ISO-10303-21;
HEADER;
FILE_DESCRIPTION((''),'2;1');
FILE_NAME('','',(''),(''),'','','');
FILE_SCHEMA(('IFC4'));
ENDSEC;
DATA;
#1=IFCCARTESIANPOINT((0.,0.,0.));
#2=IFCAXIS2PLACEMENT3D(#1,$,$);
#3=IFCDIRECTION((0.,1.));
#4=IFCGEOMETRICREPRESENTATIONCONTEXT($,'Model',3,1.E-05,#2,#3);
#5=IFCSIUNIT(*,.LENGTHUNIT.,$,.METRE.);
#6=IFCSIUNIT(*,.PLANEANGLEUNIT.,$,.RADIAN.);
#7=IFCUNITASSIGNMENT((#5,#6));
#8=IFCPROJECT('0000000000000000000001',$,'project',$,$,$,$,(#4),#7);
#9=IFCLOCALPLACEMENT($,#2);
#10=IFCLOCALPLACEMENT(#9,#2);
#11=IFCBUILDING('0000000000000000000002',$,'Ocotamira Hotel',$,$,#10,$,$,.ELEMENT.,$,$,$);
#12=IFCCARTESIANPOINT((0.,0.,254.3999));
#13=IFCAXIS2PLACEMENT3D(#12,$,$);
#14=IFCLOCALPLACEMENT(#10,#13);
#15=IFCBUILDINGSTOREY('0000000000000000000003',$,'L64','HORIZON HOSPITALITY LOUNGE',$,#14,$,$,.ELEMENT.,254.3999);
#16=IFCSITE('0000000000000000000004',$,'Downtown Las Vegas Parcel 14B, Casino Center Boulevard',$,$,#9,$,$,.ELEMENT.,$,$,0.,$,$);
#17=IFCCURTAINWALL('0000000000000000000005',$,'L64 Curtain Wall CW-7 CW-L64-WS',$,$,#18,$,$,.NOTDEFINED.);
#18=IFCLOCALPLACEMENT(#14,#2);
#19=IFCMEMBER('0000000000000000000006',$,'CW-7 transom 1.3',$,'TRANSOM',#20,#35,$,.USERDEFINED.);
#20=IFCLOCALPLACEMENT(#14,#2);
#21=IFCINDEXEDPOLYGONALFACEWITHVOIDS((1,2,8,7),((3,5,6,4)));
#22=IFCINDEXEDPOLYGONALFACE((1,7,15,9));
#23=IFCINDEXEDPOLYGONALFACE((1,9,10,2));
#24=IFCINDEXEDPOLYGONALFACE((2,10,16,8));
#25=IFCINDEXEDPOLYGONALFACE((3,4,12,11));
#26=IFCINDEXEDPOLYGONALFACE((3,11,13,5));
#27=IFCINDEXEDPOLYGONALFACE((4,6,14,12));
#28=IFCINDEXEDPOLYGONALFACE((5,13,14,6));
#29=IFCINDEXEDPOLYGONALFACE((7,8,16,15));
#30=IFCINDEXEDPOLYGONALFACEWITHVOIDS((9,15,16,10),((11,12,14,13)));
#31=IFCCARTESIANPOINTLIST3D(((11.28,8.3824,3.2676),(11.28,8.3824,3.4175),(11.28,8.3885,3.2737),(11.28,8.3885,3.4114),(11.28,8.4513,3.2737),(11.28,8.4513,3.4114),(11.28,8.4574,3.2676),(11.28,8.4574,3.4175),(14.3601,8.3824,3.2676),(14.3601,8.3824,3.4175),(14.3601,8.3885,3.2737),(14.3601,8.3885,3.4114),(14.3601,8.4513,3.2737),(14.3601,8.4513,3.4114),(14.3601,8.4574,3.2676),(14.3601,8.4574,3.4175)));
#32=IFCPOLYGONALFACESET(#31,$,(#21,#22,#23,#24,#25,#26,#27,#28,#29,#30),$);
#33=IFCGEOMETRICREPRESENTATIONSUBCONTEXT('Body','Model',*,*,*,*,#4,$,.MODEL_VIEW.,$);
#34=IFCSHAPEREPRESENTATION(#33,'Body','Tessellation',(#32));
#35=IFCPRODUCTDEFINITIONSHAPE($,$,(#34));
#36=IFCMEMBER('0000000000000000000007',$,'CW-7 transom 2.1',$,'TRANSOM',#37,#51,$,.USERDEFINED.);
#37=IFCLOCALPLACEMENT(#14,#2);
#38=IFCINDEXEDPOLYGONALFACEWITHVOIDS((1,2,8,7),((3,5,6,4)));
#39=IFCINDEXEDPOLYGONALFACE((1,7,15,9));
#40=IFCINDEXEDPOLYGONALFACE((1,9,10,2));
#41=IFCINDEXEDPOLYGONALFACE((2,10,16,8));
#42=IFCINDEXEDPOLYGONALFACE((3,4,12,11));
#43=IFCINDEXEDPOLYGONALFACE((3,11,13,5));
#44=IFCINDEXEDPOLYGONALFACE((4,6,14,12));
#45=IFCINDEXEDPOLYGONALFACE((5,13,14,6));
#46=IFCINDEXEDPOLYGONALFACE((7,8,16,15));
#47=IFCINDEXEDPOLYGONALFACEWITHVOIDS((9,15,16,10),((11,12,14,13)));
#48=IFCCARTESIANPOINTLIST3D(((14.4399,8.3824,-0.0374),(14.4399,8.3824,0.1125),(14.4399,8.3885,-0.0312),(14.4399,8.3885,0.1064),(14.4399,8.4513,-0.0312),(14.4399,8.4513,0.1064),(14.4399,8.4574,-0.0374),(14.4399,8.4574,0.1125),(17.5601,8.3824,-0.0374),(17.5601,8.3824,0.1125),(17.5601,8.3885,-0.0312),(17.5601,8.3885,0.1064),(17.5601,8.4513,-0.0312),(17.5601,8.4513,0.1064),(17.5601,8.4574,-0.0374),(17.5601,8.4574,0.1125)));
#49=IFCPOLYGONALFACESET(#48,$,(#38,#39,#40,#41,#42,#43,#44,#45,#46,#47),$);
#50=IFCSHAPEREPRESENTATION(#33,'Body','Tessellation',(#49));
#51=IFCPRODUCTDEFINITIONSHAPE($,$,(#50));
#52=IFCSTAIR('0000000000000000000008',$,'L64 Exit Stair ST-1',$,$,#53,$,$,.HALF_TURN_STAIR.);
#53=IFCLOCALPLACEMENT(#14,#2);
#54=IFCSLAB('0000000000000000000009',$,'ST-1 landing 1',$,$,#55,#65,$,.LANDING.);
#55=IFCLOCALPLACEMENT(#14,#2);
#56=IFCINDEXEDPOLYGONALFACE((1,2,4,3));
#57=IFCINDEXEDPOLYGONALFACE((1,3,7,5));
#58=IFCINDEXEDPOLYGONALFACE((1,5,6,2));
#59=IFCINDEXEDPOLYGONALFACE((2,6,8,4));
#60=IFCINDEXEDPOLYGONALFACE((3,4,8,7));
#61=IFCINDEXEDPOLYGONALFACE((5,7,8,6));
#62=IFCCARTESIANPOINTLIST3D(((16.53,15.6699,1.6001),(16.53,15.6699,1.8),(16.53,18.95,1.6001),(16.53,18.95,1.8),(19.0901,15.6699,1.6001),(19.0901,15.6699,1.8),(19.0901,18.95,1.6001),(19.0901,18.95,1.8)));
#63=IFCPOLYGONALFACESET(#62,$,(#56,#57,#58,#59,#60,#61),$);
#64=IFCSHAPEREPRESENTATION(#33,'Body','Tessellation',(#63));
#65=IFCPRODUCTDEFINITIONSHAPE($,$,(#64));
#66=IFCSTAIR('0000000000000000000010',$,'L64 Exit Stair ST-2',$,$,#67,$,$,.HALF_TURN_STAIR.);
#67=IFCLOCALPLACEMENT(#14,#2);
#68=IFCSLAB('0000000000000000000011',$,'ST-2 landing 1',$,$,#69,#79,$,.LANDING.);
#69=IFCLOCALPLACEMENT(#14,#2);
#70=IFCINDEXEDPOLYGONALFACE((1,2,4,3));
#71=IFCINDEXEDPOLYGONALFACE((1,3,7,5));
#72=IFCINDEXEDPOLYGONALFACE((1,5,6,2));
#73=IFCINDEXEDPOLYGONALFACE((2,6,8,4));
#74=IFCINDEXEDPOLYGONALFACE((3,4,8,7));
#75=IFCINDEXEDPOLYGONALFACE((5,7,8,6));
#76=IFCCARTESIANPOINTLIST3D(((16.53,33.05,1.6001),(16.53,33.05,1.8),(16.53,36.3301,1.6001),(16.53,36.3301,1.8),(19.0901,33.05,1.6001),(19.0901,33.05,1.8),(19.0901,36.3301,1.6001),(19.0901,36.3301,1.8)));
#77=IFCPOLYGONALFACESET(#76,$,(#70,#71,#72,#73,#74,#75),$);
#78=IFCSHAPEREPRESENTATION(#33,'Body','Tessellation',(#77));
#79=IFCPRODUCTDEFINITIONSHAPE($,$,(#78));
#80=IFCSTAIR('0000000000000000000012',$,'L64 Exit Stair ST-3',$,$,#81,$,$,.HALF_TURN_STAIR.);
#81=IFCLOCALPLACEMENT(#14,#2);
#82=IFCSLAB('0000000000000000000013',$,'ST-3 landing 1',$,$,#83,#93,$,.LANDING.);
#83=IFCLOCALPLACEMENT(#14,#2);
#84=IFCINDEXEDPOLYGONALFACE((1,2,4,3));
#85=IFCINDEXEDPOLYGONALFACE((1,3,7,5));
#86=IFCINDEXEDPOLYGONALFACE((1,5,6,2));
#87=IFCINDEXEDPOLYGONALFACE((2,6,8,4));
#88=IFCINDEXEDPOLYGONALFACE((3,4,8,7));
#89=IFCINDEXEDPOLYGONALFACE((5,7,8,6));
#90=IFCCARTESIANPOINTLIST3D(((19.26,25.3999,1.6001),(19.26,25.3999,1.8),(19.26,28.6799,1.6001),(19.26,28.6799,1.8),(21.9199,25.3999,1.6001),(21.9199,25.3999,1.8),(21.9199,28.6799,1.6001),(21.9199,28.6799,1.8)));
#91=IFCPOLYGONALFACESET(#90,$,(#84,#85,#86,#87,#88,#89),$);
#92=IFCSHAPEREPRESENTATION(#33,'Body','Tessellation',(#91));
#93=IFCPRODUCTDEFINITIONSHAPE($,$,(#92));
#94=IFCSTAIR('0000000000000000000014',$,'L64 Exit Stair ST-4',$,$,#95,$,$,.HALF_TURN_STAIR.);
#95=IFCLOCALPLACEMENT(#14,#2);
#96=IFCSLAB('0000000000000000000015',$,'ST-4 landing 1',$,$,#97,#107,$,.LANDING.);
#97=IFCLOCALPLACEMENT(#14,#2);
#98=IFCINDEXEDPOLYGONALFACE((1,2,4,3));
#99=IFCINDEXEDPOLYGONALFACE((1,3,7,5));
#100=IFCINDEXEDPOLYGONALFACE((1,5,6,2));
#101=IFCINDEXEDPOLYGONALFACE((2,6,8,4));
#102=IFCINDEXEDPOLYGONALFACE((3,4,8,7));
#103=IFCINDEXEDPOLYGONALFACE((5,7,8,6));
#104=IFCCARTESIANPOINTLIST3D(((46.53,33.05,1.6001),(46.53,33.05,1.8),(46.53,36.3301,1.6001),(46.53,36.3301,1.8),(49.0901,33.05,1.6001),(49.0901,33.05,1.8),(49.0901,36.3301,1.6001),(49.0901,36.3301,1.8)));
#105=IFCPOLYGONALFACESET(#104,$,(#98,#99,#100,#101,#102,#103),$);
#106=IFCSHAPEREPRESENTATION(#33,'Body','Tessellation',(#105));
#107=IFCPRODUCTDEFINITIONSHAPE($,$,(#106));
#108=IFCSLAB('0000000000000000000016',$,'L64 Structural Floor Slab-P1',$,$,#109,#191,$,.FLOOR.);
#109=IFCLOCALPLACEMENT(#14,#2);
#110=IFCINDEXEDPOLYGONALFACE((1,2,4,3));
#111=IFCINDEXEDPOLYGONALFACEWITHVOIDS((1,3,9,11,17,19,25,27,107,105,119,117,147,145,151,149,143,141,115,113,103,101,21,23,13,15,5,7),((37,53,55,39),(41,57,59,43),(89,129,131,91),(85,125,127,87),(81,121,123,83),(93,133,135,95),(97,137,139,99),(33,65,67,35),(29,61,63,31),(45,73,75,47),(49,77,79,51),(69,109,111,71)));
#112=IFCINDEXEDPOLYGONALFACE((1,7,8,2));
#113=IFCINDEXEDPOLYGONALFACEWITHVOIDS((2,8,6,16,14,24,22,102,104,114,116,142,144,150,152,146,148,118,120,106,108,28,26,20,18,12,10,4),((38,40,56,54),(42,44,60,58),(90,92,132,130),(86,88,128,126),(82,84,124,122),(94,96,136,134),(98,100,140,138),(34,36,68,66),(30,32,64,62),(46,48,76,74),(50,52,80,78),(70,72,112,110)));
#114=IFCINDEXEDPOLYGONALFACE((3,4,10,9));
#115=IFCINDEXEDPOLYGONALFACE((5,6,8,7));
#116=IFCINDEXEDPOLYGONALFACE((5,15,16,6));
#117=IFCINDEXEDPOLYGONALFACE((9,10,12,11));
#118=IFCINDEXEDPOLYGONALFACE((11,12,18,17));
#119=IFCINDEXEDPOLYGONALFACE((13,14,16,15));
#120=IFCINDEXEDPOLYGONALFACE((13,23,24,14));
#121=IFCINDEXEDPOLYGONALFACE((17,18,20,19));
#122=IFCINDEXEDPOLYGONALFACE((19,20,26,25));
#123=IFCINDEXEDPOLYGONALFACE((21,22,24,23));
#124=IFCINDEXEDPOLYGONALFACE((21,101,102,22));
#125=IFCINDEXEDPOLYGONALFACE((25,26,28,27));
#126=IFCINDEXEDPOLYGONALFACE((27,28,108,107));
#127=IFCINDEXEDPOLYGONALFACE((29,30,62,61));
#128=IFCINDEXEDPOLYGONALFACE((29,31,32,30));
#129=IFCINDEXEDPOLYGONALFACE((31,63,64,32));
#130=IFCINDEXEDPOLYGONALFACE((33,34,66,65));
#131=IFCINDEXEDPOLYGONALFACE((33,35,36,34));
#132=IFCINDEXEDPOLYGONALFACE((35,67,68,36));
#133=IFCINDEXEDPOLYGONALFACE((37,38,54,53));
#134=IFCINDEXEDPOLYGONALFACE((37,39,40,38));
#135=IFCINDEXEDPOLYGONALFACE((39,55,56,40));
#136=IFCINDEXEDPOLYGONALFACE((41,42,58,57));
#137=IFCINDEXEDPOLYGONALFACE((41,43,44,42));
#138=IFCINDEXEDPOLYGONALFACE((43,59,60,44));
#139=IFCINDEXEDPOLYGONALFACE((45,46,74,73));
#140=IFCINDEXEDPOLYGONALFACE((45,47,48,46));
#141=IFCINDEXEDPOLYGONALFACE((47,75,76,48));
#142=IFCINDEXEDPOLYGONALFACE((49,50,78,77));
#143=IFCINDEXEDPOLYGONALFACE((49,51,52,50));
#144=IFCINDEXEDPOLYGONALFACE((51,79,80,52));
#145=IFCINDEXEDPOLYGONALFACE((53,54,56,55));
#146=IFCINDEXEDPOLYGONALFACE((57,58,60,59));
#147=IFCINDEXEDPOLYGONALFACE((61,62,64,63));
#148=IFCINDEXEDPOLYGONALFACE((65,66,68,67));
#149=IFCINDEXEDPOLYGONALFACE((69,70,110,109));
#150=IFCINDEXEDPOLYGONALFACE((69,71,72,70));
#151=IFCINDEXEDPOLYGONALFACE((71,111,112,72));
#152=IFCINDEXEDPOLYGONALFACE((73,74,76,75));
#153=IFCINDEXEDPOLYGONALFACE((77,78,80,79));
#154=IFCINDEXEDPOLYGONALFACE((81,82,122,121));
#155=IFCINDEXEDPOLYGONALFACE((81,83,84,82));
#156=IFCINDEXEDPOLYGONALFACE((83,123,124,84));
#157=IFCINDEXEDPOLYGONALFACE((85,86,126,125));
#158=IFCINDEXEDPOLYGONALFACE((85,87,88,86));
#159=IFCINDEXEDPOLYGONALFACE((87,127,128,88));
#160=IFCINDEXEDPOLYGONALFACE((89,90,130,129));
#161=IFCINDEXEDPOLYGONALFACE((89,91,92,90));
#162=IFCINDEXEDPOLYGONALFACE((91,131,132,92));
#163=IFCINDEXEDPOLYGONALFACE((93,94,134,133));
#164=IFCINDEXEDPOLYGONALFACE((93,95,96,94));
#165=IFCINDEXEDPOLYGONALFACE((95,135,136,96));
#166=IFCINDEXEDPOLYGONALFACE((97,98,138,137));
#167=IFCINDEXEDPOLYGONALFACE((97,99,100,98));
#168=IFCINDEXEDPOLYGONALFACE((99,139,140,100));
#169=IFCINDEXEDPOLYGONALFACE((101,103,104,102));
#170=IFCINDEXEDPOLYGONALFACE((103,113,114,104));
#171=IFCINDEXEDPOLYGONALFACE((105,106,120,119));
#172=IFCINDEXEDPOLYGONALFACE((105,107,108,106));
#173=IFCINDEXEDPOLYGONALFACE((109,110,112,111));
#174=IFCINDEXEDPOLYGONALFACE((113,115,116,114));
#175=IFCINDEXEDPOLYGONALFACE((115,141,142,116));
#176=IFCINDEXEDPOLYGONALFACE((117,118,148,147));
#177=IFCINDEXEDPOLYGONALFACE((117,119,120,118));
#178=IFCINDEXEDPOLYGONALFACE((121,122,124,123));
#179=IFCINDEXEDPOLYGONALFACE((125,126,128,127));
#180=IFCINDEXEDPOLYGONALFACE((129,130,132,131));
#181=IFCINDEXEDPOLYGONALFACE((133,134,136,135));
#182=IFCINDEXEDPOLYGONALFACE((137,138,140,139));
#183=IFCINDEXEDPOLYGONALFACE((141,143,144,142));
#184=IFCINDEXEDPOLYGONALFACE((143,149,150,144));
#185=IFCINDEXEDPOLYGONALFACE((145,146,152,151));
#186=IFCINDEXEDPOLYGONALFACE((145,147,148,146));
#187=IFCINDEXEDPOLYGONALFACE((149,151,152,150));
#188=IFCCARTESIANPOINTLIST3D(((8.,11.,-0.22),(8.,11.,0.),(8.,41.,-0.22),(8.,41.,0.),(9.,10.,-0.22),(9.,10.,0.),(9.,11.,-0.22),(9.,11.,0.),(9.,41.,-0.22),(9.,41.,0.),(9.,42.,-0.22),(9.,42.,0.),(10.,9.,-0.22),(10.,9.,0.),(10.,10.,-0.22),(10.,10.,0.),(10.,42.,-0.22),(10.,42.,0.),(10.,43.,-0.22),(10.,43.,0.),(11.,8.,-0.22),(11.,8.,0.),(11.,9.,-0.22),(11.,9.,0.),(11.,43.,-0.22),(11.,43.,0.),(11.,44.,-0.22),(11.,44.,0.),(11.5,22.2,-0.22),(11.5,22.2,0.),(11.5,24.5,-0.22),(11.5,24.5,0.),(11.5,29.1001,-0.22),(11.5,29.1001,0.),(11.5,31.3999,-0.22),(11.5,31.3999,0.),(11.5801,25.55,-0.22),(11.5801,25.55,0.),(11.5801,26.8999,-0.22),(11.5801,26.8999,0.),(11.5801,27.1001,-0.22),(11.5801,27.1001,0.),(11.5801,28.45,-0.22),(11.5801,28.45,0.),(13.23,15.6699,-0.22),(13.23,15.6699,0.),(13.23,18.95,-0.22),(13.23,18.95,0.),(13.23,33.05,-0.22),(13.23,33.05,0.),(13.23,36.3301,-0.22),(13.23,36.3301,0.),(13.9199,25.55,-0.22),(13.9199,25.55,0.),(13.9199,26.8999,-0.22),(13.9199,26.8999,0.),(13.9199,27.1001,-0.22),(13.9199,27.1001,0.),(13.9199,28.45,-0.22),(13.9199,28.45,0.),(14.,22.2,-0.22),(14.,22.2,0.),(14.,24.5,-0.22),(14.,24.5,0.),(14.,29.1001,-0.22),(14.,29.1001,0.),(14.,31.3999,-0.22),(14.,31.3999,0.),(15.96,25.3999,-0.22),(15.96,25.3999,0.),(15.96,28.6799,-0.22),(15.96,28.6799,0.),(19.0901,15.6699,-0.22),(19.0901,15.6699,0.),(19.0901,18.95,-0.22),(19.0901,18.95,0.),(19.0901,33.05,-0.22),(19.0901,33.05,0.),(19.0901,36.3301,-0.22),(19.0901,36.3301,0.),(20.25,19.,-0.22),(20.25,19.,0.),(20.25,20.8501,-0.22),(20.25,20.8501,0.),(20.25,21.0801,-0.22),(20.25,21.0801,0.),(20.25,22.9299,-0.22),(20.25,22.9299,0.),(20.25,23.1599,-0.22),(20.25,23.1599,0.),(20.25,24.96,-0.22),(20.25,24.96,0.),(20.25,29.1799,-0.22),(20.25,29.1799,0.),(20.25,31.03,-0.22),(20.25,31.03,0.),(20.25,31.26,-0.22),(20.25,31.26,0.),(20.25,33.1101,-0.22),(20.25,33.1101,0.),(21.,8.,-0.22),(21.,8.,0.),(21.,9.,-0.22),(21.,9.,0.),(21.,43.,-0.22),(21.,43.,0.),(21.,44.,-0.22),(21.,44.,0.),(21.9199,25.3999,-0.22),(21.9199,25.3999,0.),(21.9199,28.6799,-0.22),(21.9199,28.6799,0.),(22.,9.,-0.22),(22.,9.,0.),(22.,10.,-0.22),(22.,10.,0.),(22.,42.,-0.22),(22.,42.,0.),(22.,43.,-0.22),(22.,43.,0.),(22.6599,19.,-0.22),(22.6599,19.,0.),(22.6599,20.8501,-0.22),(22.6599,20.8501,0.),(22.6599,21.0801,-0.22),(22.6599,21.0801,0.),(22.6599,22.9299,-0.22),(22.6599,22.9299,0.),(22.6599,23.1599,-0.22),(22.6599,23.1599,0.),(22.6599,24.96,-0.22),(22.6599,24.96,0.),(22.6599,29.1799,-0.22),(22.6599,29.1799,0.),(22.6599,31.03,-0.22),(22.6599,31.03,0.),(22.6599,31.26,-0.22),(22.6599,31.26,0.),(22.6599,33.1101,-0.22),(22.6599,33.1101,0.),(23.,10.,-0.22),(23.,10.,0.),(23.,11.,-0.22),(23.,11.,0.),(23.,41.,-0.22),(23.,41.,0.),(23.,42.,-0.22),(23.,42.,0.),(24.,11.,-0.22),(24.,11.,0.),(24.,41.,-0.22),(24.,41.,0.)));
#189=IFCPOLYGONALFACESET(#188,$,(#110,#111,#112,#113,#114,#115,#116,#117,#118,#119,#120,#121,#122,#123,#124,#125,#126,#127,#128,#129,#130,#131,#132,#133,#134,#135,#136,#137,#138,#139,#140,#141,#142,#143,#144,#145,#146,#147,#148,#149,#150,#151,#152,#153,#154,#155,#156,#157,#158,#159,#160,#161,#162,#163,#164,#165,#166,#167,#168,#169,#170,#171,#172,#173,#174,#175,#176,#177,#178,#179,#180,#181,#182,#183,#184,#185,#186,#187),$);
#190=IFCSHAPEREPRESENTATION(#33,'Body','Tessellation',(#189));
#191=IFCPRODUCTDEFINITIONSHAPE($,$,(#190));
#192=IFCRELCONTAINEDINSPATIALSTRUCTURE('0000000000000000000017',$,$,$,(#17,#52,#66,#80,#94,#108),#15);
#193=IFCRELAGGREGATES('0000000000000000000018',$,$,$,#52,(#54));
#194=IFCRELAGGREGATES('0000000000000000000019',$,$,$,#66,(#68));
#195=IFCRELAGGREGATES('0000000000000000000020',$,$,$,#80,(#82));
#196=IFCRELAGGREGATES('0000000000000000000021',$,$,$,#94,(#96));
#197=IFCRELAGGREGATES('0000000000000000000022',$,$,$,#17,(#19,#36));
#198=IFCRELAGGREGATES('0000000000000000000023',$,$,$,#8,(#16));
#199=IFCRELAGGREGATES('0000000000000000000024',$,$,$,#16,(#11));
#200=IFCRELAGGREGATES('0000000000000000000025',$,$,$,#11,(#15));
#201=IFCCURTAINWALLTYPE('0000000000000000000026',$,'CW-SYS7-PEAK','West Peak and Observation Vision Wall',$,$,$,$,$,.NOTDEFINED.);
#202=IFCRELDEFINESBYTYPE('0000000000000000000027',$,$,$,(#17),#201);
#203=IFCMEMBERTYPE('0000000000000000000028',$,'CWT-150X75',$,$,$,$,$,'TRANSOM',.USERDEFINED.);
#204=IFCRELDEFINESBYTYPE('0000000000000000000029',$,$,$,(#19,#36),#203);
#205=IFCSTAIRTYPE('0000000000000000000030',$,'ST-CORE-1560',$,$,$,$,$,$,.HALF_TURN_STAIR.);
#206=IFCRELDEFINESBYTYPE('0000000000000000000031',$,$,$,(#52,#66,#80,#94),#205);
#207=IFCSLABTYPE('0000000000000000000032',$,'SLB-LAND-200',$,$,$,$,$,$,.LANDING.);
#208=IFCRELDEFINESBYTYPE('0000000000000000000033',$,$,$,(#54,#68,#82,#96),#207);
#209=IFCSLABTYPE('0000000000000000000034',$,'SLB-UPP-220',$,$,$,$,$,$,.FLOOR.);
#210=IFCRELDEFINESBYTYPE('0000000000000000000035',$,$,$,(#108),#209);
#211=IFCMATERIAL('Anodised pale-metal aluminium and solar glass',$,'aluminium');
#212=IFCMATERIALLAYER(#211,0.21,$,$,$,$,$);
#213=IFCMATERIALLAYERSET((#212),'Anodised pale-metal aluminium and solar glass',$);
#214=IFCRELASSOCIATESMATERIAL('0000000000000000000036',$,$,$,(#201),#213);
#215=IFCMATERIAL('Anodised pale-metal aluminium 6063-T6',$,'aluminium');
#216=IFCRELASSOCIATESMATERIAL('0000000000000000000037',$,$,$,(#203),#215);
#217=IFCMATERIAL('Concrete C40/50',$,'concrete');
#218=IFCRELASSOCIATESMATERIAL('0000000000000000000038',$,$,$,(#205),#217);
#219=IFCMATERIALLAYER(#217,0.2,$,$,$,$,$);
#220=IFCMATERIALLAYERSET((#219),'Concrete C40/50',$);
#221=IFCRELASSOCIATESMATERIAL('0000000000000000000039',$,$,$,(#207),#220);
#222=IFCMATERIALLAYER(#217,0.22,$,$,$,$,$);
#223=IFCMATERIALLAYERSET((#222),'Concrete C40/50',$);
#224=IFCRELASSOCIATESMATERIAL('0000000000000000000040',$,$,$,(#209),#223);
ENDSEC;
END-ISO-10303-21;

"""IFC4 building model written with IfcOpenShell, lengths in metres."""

from ifc_helpers import new_model, si_unit, direction, frame, origin, origin_2d, place, context, subcontext, project, spatial, polyline, hollow_rectangle, outline, extrude, source, transform, mapped, material, layer, layer_set, material_profile, profile_set, type_object, element, aggregate, save


model = new_model("IFC4")

# Units and contexts
model_context = context("Model", 3, precision=1e-05, world=origin(), true_north=direction((0.0, 1.0)))
body_context = subcontext(model_context, "Body", "Model", "MODEL_VIEW")
ifc_project = project(units=[si_unit("LENGTHUNIT", "METRE"), si_unit("PLANEANGLEUNIT", "RADIAN")], contexts=[model_context])

# Site, building, storey
site_placement = place(None, origin())
site = spatial("IfcSite", under=ifc_project, at=site_placement, Name="Downtown Las Vegas Parcel 14B, Casino Center Boulevard", CompositionType="ELEMENT", RefElevation=0.0)
building_placement = place(site_placement, origin())
building = spatial("IfcBuilding", under=site, at=building_placement, Name="Ocotamira Hotel", CompositionType="ELEMENT")
storey_placement = place(building_placement, frame((0.0, 0.0, 254.3999)))
storey = spatial("IfcBuildingStorey", under=building, at=storey_placement, Name="L64", Description="HORIZON HOSPITALITY LOUNGE", CompositionType="ELEMENT", Elevation=254.3999)

# Curtain wall
ifc_material_1 = material(Name="Anodised pale-metal aluminium and solar glass", Category="aluminium")
ifc_layer_1 = layer(ifc_material_1, 0.21)
ifc_layer_set_1 = layer_set([ifc_layer_1], Name="Anodised pale-metal aluminium and solar glass")
curtain_wall_type = type_object("IfcCurtainWallType", Name="CW-SYS7-PEAK", Description="West Peak and Observation Vision Wall", PredefinedType="NOTDEFINED", material=ifc_layer_set_1)
curtain_wall_1_placement = place(storey_placement, origin())
curtain_wall_1 = element("IfcCurtainWall", 1, at=curtain_wall_1_placement, inside=storey, type_object=curtain_wall_type, Name="L64 Curtain Wall CW-7 CW-L64-WS", PredefinedType="NOTDEFINED")
ifc_material_2 = material(Name="Anodised pale-metal aluminium 6063-T6", Category="aluminium")

# Members
ifc_material_profile_1 = material_profile(ifc_material_2, hollow_rectangle(XDim=0.075, YDim=0.1499, WallThickness=0.0061, at=origin_2d()), Name="HSS150X75X6")
ifc_profile_set_1 = profile_set([ifc_material_profile_1], Name="Anodised pale-metal aluminium 6063-T6")
member_type_1 = type_object("IfcMemberType", Name="CWT-150X75", ElementType="TRANSOM", PredefinedType="USERDEFINED", material=ifc_profile_set_1)
shared_shape_1 = source(origin(), body_context, "Body", "SweptSolid", [
    extrude(hollow_rectangle(XDim=0.075, YDim=0.1499, WallThickness=0.0061, at=origin_2d()), origin(), (0.0, 0.0, 1.0), 3.0801),
])
member_1_placement = place(storey_placement, frame((11.28, 8.4199, 3.3425), z_axis=(1.0, 0.0, 0.0), x_axis=(0.0, 1.0, 0.0)))
member_1 = element("IfcMember", 2, at=member_1_placement, type_object=member_type_1, Name="CW-7 transom 1.3", ObjectType="TRANSOM", PredefinedType="USERDEFINED", context=body_context, shape_type="MappedRepresentation", body=[
    mapped(shared_shape_1, transform((0.0, 0.0, 0.0), scale=1.0)),
])
shared_shape_2 = source(origin(), body_context, "Body", "SweptSolid", [
    extrude(hollow_rectangle(XDim=0.075, YDim=0.1499, WallThickness=0.0061, at=origin_2d()), origin(), (0.0, 0.0, 1.0), 3.1201),
])
member_2_placement = place(storey_placement, frame((14.4399, 8.4199, 0.0376), z_axis=(1.0, 0.0, 0.0), x_axis=(0.0, 1.0, 0.0)))
member_2 = element("IfcMember", 3, at=member_2_placement, type_object=member_type_1, Name="CW-7 transom 2.1", ObjectType="TRANSOM", PredefinedType="USERDEFINED", context=body_context, shape_type="MappedRepresentation", body=[
    mapped(shared_shape_2, transform((0.0, 0.0, 0.0), scale=1.0)),
])

# Stairs, slabs
ifc_material_3 = material(Name="Concrete C40/50", Category="concrete")
stair_type = type_object("IfcStairType", Name="ST-CORE-1560", PredefinedType="HALF_TURN_STAIR", material=ifc_material_3)
stair_1_placement = place(storey_placement, origin())
stair_1 = element("IfcStair", 4, at=stair_1_placement, inside=storey, type_object=stair_type, Name="L64 Exit Stair ST-1", PredefinedType="HALF_TURN_STAIR")
ifc_layer_2 = layer(ifc_material_3, 0.2)
ifc_layer_set_2 = layer_set([ifc_layer_2], Name="Concrete C40/50")
slab_type_1 = type_object("IfcSlabType", Name="SLB-LAND-200", PredefinedType="LANDING", material=ifc_layer_set_2)
slab_1_placement = place(storey_placement, frame((0.0, 0.0, 1.6001)))
slab_1 = element("IfcSlab", 5, at=slab_1_placement, type_object=slab_type_1, Name="ST-1 landing 1", PredefinedType="LANDING", context=body_context, shape_type="SweptSolid", body=[
    extrude(outline(polyline([(16.53, 15.6699), (19.0901, 15.6699), (19.0901, 18.95), (16.53, 18.95), (16.53, 15.6699)])), origin(), (0.0, 0.0, 1.0), 0.2),
])
aggregate(stair_1, [slab_1])
stair_2_placement = place(storey_placement, origin())
stair_2 = element("IfcStair", 6, at=stair_2_placement, inside=storey, type_object=stair_type, Name="L64 Exit Stair ST-2", PredefinedType="HALF_TURN_STAIR")
slab_2_placement = place(storey_placement, frame((0.0, 0.0, 1.6001)))
slab_2 = element("IfcSlab", 7, at=slab_2_placement, type_object=slab_type_1, Name="ST-2 landing 1", PredefinedType="LANDING", context=body_context, shape_type="SweptSolid", body=[
    extrude(outline(polyline([(16.53, 33.05), (19.0901, 33.05), (19.0901, 36.3301), (16.53, 36.3301), (16.53, 33.05)])), origin(), (0.0, 0.0, 1.0), 0.2),
])
aggregate(stair_2, [slab_2])
stair_3_placement = place(storey_placement, origin())
stair_3 = element("IfcStair", 8, at=stair_3_placement, inside=storey, type_object=stair_type, Name="L64 Exit Stair ST-3", PredefinedType="HALF_TURN_STAIR")
slab_3_placement = place(storey_placement, frame((0.0, 0.0, 1.6001)))
slab_3 = element("IfcSlab", 9, at=slab_3_placement, type_object=slab_type_1, Name="ST-3 landing 1", PredefinedType="LANDING", context=body_context, shape_type="SweptSolid", body=[
    extrude(outline(polyline([(19.26, 25.3999), (21.9199, 25.3999), (21.9199, 28.6799), (19.26, 28.6799), (19.26, 25.3999)])), origin(), (0.0, 0.0, 1.0), 0.2),
])
aggregate(stair_3, [slab_3])
stair_4_placement = place(storey_placement, origin())
stair_4 = element("IfcStair", 10, at=stair_4_placement, inside=storey, type_object=stair_type, Name="L64 Exit Stair ST-4", PredefinedType="HALF_TURN_STAIR")
slab_4_placement = place(storey_placement, frame((0.0, 0.0, 1.6001)))
slab_4 = element("IfcSlab", 11, at=slab_4_placement, type_object=slab_type_1, Name="ST-4 landing 1", PredefinedType="LANDING", context=body_context, shape_type="SweptSolid", body=[
    extrude(outline(polyline([(46.53, 33.05), (49.0901, 33.05), (49.0901, 36.3301), (46.53, 36.3301), (46.53, 33.05)])), origin(), (0.0, 0.0, 1.0), 0.2),
])
aggregate(stair_4, [slab_4])

# Slab
ifc_layer_3 = layer(ifc_material_3, 0.22)
ifc_layer_set_3 = layer_set([ifc_layer_3], Name="Concrete C40/50")
slab_type_2 = type_object("IfcSlabType", Name="SLB-UPP-220", PredefinedType="FLOOR", material=ifc_layer_set_3)
slab_5_placement = place(storey_placement, frame((0.0, 0.0, -0.22)))
element("IfcSlab", 12, at=slab_5_placement, inside=storey, type_object=slab_type_2, Name="L64 Structural Floor Slab-P1", PredefinedType="FLOOR", context=body_context, shape_type="SweptSolid", body=[
    extrude(outline(polyline([(11.0, 8.0), (21.0, 8.0), (21.0, 9.0), (22.0, 9.0), (22.0, 10.0), (23.0, 10.0), (23.0, 11.0), (24.0, 11.0), (24.0, 41.0), (23.0, 41.0), (23.0, 42.0), (22.0, 42.0), (22.0, 43.0), (21.0, 43.0), (21.0, 44.0), (11.0, 44.0), (11.0, 43.0), (10.0, 43.0), (10.0, 42.0), (9.0, 42.0), (9.0, 41.0), (8.0, 41.0), (8.0, 11.0), (9.0, 11.0), (9.0, 10.0), (10.0, 10.0), (10.0, 9.0), (11.0, 9.0), (11.0, 8.0)]), holes=[polyline([(13.23, 15.6699), (19.0901, 15.6699), (19.0901, 18.95), (13.23, 18.95), (13.23, 15.6699)]), polyline([(13.23, 33.05), (19.0901, 33.05), (19.0901, 36.3301), (13.23, 36.3301), (13.23, 33.05)]), polyline([(15.96, 25.3999), (21.9199, 25.3999), (21.9199, 28.6799), (15.96, 28.6799), (15.96, 25.3999)]), polyline([(20.25, 19.0), (22.6599, 19.0), (22.6599, 20.8501), (20.25, 20.8501), (20.25, 19.0)]), polyline([(20.25, 21.0801), (22.6599, 21.0801), (22.6599, 22.9299), (20.25, 22.9299), (20.25, 21.0801)]), polyline([(20.25, 23.1599), (22.6599, 23.1599), (22.6599, 24.96), (20.25, 24.96), (20.25, 23.1599)]), polyline([(20.25, 29.1799), (22.6599, 29.1799), (22.6599, 31.03), (20.25, 31.03), (20.25, 29.1799)]), polyline([(20.25, 31.26), (22.6599, 31.26), (22.6599, 33.1101), (20.25, 33.1101), (20.25, 31.26)]), polyline([(11.5, 22.2), (14.0, 22.2), (14.0, 24.5), (11.5, 24.5), (11.5, 22.2)]), polyline([(11.5, 29.1001), (14.0, 29.1001), (14.0, 31.3999), (11.5, 31.3999), (11.5, 29.1001)]), polyline([(11.5801, 25.55), (13.9199, 25.55), (13.9199, 26.8999), (11.5801, 26.8999), (11.5801, 25.55)]), polyline([(11.5801, 27.1001), (13.9199, 27.1001), (13.9199, 28.45), (11.5801, 28.45), (11.5801, 27.1001)])]), origin(), (0.0, 0.0, 1.0), 0.22),
])

aggregate(curtain_wall_1, [member_1, member_2])

save(model, "model.ifc")
